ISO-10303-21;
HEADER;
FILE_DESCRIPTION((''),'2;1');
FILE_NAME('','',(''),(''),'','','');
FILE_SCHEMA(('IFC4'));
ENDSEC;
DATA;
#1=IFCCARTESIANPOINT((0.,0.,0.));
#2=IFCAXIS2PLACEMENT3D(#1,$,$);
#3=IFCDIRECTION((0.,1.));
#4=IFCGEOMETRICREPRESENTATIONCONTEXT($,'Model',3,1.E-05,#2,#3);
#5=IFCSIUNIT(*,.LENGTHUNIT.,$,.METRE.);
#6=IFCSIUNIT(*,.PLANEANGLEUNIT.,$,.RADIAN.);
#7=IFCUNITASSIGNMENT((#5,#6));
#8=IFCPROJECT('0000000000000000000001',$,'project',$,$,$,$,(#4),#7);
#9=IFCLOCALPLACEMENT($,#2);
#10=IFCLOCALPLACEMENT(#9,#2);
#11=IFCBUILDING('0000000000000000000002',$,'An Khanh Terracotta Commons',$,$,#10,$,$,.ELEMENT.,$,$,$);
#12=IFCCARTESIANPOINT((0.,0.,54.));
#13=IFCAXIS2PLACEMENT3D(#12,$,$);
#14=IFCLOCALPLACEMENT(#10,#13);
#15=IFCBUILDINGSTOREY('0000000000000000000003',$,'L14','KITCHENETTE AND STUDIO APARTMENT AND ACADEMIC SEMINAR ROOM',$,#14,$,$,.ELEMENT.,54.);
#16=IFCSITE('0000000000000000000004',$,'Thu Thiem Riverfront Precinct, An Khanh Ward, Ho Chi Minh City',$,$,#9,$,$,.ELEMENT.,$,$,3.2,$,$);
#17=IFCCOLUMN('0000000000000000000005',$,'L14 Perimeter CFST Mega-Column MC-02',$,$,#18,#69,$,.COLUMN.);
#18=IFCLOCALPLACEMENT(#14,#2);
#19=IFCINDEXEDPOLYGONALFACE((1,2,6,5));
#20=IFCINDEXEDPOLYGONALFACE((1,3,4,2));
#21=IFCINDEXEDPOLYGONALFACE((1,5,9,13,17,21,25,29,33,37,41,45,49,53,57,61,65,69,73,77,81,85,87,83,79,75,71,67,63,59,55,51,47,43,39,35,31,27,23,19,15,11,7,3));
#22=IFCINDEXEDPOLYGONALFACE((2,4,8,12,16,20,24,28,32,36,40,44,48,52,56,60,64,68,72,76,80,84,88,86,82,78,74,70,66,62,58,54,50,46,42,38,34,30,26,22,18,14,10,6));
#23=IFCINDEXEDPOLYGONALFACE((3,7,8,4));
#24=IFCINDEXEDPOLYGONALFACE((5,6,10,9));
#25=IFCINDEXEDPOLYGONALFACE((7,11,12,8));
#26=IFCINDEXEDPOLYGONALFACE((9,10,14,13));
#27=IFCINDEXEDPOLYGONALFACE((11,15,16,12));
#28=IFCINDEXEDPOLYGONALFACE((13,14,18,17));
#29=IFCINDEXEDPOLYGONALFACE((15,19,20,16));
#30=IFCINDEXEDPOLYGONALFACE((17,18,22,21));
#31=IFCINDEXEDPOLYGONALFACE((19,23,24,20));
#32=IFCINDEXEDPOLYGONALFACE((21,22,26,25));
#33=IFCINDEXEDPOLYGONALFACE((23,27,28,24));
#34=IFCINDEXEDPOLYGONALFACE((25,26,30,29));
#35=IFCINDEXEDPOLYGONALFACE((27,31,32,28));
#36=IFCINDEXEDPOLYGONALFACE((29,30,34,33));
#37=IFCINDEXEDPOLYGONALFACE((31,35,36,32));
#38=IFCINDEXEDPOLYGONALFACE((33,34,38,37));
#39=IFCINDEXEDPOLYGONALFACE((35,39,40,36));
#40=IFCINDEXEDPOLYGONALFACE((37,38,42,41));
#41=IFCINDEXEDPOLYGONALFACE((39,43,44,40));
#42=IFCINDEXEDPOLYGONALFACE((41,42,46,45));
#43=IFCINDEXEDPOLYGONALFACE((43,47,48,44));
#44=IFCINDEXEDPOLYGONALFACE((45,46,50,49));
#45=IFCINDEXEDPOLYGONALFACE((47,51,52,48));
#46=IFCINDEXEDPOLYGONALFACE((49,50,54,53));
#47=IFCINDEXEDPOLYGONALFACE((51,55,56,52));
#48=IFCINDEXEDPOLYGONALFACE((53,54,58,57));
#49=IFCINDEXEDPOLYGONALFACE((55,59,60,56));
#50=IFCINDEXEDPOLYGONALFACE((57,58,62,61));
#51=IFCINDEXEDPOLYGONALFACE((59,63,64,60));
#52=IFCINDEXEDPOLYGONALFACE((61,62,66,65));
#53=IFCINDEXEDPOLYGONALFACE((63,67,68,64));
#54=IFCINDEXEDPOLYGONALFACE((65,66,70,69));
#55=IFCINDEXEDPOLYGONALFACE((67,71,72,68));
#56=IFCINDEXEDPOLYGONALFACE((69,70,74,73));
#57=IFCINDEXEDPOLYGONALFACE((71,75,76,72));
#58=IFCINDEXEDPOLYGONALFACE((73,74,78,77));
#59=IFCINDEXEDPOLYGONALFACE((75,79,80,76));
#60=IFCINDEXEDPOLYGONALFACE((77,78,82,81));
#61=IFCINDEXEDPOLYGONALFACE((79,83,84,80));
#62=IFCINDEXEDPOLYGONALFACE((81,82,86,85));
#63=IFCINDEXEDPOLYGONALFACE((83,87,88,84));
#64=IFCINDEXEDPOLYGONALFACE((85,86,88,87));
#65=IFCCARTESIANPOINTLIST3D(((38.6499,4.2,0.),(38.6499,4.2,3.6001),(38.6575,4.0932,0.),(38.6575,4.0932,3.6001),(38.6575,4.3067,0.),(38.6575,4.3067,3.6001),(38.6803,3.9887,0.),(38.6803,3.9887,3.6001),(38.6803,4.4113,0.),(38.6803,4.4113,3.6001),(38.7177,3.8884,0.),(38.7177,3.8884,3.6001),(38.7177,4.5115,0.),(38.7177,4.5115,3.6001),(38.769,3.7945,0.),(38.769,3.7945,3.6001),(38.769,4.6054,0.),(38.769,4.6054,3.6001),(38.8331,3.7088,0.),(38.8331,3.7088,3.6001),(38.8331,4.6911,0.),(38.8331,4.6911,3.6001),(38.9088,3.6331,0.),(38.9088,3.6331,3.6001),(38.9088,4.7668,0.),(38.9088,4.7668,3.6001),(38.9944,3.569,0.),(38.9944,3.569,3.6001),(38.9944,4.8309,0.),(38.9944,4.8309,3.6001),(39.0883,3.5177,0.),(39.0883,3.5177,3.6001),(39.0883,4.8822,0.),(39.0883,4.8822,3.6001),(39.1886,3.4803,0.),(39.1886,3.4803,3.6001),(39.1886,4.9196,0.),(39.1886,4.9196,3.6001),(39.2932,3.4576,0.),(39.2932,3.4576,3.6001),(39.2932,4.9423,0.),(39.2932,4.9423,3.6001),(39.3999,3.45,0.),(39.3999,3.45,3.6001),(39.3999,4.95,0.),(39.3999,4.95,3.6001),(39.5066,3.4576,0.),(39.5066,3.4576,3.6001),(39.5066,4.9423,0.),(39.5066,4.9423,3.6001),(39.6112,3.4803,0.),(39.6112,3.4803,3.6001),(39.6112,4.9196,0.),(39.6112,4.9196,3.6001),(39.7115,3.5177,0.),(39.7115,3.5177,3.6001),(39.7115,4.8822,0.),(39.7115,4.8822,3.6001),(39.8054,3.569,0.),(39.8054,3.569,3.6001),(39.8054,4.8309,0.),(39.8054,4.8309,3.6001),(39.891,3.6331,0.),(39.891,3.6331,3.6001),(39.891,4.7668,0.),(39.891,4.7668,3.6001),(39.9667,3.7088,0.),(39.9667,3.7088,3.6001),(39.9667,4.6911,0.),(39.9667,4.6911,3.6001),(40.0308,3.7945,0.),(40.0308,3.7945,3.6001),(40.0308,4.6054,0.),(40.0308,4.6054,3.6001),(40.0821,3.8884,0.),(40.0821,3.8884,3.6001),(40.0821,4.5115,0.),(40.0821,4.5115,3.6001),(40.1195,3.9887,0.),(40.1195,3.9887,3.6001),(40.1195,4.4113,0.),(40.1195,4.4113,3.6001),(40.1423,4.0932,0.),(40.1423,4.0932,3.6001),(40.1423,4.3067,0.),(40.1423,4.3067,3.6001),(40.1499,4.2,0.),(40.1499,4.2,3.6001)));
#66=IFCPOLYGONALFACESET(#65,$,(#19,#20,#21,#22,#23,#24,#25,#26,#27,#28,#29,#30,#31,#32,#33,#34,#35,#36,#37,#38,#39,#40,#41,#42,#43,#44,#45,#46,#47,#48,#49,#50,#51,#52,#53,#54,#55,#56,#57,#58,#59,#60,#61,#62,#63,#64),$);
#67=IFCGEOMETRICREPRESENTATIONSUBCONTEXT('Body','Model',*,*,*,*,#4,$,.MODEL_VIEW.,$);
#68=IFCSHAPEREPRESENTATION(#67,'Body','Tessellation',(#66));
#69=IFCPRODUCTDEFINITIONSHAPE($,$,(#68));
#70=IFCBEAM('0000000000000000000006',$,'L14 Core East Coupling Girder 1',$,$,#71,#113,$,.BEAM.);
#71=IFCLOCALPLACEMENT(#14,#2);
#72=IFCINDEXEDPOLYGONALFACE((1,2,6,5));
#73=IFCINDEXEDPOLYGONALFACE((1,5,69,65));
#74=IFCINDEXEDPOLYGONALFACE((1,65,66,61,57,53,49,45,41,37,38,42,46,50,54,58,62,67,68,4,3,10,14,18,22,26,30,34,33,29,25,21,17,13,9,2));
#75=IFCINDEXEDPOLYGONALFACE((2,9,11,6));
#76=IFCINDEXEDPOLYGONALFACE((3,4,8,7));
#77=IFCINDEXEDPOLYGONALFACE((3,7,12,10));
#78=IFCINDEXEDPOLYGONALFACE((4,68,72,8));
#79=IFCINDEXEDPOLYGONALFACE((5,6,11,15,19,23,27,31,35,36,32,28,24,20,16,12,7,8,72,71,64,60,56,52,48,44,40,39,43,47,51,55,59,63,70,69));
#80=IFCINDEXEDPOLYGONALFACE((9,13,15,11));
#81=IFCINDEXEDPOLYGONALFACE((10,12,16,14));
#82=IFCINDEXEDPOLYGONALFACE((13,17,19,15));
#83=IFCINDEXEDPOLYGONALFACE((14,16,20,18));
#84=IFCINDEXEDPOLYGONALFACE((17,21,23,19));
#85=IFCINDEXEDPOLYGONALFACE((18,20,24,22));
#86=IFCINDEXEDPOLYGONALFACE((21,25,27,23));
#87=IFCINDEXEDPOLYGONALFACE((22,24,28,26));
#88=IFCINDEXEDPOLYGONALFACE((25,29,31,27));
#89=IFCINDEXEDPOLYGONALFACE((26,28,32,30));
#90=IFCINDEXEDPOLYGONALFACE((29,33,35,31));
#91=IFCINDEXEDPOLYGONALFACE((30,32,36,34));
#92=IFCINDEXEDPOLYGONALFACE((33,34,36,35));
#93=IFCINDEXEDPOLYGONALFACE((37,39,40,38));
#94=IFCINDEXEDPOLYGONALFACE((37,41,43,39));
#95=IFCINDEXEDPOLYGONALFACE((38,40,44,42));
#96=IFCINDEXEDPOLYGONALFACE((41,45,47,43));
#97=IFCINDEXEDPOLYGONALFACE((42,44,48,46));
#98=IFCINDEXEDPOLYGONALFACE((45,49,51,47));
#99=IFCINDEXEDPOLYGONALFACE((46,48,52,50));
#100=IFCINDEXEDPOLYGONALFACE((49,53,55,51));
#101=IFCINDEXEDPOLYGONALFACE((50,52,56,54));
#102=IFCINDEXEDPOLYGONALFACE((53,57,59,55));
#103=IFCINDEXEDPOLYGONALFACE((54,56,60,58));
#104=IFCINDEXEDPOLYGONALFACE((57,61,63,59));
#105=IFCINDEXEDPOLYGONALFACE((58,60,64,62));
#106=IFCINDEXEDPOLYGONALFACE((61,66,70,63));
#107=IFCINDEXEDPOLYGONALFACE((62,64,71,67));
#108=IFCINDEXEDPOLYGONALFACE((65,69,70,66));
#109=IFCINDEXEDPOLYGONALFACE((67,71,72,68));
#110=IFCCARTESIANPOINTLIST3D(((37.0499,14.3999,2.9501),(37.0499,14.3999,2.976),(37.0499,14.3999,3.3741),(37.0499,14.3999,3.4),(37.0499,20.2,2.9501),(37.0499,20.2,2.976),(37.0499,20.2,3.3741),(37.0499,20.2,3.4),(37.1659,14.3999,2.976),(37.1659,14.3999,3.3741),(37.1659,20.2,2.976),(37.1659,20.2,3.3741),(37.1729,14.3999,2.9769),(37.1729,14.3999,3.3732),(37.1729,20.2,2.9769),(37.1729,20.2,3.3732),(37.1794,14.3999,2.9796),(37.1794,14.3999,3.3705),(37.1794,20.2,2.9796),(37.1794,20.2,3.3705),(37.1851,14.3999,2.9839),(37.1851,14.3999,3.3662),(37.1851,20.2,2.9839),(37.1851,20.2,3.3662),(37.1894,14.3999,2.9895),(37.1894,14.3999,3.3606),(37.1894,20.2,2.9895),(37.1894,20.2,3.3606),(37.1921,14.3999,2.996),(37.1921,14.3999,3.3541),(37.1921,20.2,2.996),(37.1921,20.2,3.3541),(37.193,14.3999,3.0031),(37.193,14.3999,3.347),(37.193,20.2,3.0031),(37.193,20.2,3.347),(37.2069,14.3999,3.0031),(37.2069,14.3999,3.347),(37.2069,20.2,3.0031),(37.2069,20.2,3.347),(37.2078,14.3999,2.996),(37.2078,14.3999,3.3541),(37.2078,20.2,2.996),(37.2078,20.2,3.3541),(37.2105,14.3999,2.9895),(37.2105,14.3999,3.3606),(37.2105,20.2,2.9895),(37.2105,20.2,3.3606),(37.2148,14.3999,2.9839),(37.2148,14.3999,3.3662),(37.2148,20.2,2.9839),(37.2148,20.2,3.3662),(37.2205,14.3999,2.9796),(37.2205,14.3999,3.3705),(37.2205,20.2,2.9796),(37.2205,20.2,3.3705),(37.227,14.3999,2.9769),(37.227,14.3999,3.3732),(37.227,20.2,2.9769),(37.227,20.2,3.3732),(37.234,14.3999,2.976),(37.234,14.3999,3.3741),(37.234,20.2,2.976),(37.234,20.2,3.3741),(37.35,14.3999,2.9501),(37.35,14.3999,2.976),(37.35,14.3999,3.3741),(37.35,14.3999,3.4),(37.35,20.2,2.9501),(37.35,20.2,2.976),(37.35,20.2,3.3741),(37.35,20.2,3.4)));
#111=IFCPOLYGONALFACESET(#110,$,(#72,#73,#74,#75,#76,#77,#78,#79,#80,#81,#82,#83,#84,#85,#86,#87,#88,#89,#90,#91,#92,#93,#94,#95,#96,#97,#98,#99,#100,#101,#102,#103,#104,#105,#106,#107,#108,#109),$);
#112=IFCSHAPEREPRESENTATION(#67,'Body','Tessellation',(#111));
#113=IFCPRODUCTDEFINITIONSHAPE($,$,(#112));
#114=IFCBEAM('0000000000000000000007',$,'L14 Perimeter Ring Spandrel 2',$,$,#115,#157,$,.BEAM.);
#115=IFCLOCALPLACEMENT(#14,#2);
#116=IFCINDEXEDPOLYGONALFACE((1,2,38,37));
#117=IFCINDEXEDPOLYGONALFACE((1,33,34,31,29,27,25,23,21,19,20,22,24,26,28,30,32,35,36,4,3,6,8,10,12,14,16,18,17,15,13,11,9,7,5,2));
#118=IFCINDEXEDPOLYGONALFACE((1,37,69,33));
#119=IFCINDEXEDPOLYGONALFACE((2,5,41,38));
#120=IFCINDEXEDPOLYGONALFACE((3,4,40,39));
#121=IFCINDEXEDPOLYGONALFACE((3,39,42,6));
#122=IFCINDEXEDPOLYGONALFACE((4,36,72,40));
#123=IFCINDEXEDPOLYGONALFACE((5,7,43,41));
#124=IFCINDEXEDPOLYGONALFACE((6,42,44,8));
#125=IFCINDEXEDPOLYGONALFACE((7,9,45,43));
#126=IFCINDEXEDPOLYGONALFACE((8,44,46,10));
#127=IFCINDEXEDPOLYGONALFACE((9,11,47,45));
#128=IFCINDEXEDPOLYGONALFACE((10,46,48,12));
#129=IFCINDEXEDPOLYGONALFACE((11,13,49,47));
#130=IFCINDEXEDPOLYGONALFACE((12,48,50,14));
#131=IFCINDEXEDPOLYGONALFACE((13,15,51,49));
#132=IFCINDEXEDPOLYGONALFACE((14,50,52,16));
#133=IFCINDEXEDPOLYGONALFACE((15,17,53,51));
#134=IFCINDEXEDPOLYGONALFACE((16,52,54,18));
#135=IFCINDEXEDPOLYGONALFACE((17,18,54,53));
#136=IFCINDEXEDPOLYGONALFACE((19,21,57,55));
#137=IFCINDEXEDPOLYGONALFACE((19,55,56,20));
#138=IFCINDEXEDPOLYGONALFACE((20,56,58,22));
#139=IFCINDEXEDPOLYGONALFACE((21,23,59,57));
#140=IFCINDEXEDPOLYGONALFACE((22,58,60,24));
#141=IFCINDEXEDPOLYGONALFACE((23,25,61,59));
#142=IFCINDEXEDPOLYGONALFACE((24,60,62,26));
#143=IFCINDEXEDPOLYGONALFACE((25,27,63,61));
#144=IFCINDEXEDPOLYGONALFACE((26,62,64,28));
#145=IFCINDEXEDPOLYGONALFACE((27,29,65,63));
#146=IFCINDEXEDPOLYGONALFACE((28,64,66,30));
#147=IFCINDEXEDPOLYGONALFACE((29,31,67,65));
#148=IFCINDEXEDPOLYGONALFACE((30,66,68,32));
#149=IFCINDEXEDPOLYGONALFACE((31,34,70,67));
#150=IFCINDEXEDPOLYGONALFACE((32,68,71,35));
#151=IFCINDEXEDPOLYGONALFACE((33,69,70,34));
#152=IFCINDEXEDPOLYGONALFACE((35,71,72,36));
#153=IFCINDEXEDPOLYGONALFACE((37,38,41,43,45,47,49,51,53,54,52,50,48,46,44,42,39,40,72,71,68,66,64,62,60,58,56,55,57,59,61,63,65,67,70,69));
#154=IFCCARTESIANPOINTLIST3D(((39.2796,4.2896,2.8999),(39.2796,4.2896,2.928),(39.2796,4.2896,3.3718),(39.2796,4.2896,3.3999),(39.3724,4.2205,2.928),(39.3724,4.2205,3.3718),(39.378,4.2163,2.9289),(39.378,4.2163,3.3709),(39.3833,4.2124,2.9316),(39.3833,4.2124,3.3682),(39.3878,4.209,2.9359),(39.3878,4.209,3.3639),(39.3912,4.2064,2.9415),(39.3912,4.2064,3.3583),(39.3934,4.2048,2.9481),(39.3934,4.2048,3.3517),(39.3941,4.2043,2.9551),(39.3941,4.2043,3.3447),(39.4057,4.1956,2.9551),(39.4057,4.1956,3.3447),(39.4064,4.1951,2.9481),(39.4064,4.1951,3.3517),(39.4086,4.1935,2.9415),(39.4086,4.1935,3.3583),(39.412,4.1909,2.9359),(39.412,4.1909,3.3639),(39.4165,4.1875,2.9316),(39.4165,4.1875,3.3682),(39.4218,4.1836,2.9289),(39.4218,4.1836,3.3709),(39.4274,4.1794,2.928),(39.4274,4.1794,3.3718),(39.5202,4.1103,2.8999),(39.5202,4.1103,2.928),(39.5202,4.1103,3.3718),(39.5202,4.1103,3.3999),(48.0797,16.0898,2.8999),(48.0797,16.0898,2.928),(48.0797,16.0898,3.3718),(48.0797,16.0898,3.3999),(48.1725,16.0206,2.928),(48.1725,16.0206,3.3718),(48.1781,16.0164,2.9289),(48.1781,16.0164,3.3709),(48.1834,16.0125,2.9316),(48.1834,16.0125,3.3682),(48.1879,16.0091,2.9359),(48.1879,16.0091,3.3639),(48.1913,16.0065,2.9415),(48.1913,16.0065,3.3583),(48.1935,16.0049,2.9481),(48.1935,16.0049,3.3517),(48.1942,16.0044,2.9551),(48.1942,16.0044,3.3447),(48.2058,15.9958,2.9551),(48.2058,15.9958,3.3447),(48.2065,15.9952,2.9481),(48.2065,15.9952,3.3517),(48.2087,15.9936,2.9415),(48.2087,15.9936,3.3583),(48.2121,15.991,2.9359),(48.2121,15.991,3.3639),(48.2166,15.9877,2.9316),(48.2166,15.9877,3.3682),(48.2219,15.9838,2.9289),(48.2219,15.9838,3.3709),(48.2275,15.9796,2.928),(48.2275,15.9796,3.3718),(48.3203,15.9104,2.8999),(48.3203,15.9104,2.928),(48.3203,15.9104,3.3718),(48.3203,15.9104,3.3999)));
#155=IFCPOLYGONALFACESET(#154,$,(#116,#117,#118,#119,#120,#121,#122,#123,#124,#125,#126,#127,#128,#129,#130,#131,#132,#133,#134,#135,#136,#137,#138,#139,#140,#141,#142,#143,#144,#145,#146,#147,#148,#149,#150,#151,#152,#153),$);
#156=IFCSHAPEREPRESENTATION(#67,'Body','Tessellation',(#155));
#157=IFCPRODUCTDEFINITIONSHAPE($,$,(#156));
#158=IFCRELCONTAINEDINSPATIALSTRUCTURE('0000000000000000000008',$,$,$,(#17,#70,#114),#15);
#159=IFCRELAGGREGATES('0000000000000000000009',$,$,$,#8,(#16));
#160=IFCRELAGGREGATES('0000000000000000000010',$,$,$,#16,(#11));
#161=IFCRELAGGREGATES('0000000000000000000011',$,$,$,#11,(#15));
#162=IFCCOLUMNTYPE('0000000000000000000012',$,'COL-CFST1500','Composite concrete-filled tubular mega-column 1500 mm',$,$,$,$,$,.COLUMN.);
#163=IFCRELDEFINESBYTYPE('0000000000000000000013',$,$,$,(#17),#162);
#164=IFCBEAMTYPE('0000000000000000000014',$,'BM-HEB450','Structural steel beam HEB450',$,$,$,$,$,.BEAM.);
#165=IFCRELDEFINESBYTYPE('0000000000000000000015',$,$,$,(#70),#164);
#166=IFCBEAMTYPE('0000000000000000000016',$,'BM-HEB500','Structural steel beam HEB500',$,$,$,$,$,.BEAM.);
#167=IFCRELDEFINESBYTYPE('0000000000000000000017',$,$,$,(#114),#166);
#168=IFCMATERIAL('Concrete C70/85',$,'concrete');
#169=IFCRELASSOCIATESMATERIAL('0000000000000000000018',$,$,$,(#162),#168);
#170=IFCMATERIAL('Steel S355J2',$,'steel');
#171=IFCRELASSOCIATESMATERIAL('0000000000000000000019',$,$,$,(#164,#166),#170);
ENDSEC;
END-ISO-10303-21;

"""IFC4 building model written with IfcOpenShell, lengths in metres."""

from ifc_helpers import new_model, si_unit, direction, frame, origin, origin_2d, place, context, subcontext, project, spatial, circle, i_section, extrude, material, material_profile, profile_set, type_object, element, save


model = new_model("IFC4")

# Units and contexts
model_context = context("Model", 3, precision=1e-05, world=origin(), true_north=direction((0.0, 1.0)))
body_context = subcontext(model_context, "Body", "Model", "MODEL_VIEW")
ifc_project = project(units=[si_unit("LENGTHUNIT", "METRE"), si_unit("PLANEANGLEUNIT", "RADIAN")], contexts=[model_context])

# Site, building, storey
site_placement = place(None, origin())
site = spatial("IfcSite", under=ifc_project, at=site_placement, Name="Thu Thiem Riverfront Precinct, An Khanh Ward, Ho Chi Minh City", CompositionType="ELEMENT", RefElevation=3.2)
building_placement = place(site_placement, origin())
building = spatial("IfcBuilding", under=site, at=building_placement, Name="An Khanh Terracotta Commons", CompositionType="ELEMENT")
storey_placement = place(building_placement, frame((0.0, 0.0, 54.0)))
storey = spatial("IfcBuildingStorey", under=building, at=storey_placement, Name="L14", Description="KITCHENETTE AND STUDIO APARTMENT AND ACADEMIC SEMINAR ROOM", CompositionType="ELEMENT", Elevation=54.0)

# Column
ifc_material_1 = material(Name="Concrete C70/85", Category="concrete")
ifc_material_profile_1 = material_profile(ifc_material_1, circle(Radius=0.75, at=origin_2d()), Name="CFST1500")
ifc_profile_set_1 = profile_set([ifc_material_profile_1], Name="Concrete C70/85")
column_type = type_object("IfcColumnType", Name="COL-CFST1500", Description="Composite concrete-filled tubular mega-column 1500 mm", PredefinedType="COLUMN", material=ifc_profile_set_1)
column_placement = place(storey_placement, frame((39.3999, 4.2, 0.0), z_axis=(0.0, 0.0, 1.0), x_axis=(1.0, 0.0, 0.0)))
element("IfcColumn", 1, at=column_placement, inside=storey, type_object=column_type, Name="L14 Perimeter CFST Mega-Column MC-02", PredefinedType="COLUMN", context=body_context, shape_type="SweptSolid", body=[
    extrude(circle(Radius=0.75, at=origin_2d()), origin(), (0.0, 0.0, 1.0), 3.6001),
])

# Beams
ifc_material_2 = material(Name="Steel S355J2", Category="steel")
ifc_material_profile_2 = material_profile(ifc_material_2, i_section(OverallWidth=0.3, OverallDepth=0.45, WebThickness=0.0139, FlangeThickness=0.0259, FilletRadius=0.0271, at=origin_2d()), Name="HEB450")
ifc_profile_set_2 = profile_set([ifc_material_profile_2], Name="Steel S355J2")
beam_type_1 = type_object("IfcBeamType", Name="BM-HEB450", Description="Structural steel beam HEB450", PredefinedType="BEAM", material=ifc_profile_set_2)
beam_1_placement = place(storey_placement, frame((37.2, 14.3999, 3.175), z_axis=(0.0, 1.0, 0.0), x_axis=(-1.0, 0.0, 0.0)))
element("IfcBeam", 2, at=beam_1_placement, inside=storey, type_object=beam_type_1, Name="L14 Core East Coupling Girder 1", PredefinedType="BEAM", context=body_context, shape_type="SweptSolid", body=[
    extrude(i_section(OverallWidth=0.3, OverallDepth=0.45, WebThickness=0.0139, FlangeThickness=0.0259, FilletRadius=0.0271, at=origin_2d()), origin(), (0.0, 0.0, 1.0), 5.8),
])
ifc_material_profile_3 = material_profile(ifc_material_2, i_section(OverallWidth=0.3, OverallDepth=0.5, WebThickness=0.0144, FlangeThickness=0.0281, FilletRadius=0.0271, at=origin_2d()), Name="HEB500")
ifc_profile_set_3 = profile_set([ifc_material_profile_3], Name="Steel S355J2")
beam_type_2 = type_object("IfcBeamType", Name="BM-HEB500", Description="Structural steel beam HEB500", PredefinedType="BEAM", material=ifc_profile_set_3)
beam_2_placement = place(storey_placement, frame((39.3999, 4.2, 3.1499), z_axis=(0.597824, 0.801627, 0.0), x_axis=(-0.801627, 0.597824, 0.0)))
element("IfcBeam", 3, at=beam_2_placement, inside=storey, type_object=beam_type_2, Name="L14 Perimeter Ring Spandrel 2", PredefinedType="BEAM", context=body_context, shape_type="SweptSolid", body=[
    extrude(i_section(OverallWidth=0.3, OverallDepth=0.5, WebThickness=0.0144, FlangeThickness=0.0281, FilletRadius=0.0271, at=origin_2d()), origin(), (0.0, 0.0, 1.0), 14.7202),
])

save(model, "model.ifc")
